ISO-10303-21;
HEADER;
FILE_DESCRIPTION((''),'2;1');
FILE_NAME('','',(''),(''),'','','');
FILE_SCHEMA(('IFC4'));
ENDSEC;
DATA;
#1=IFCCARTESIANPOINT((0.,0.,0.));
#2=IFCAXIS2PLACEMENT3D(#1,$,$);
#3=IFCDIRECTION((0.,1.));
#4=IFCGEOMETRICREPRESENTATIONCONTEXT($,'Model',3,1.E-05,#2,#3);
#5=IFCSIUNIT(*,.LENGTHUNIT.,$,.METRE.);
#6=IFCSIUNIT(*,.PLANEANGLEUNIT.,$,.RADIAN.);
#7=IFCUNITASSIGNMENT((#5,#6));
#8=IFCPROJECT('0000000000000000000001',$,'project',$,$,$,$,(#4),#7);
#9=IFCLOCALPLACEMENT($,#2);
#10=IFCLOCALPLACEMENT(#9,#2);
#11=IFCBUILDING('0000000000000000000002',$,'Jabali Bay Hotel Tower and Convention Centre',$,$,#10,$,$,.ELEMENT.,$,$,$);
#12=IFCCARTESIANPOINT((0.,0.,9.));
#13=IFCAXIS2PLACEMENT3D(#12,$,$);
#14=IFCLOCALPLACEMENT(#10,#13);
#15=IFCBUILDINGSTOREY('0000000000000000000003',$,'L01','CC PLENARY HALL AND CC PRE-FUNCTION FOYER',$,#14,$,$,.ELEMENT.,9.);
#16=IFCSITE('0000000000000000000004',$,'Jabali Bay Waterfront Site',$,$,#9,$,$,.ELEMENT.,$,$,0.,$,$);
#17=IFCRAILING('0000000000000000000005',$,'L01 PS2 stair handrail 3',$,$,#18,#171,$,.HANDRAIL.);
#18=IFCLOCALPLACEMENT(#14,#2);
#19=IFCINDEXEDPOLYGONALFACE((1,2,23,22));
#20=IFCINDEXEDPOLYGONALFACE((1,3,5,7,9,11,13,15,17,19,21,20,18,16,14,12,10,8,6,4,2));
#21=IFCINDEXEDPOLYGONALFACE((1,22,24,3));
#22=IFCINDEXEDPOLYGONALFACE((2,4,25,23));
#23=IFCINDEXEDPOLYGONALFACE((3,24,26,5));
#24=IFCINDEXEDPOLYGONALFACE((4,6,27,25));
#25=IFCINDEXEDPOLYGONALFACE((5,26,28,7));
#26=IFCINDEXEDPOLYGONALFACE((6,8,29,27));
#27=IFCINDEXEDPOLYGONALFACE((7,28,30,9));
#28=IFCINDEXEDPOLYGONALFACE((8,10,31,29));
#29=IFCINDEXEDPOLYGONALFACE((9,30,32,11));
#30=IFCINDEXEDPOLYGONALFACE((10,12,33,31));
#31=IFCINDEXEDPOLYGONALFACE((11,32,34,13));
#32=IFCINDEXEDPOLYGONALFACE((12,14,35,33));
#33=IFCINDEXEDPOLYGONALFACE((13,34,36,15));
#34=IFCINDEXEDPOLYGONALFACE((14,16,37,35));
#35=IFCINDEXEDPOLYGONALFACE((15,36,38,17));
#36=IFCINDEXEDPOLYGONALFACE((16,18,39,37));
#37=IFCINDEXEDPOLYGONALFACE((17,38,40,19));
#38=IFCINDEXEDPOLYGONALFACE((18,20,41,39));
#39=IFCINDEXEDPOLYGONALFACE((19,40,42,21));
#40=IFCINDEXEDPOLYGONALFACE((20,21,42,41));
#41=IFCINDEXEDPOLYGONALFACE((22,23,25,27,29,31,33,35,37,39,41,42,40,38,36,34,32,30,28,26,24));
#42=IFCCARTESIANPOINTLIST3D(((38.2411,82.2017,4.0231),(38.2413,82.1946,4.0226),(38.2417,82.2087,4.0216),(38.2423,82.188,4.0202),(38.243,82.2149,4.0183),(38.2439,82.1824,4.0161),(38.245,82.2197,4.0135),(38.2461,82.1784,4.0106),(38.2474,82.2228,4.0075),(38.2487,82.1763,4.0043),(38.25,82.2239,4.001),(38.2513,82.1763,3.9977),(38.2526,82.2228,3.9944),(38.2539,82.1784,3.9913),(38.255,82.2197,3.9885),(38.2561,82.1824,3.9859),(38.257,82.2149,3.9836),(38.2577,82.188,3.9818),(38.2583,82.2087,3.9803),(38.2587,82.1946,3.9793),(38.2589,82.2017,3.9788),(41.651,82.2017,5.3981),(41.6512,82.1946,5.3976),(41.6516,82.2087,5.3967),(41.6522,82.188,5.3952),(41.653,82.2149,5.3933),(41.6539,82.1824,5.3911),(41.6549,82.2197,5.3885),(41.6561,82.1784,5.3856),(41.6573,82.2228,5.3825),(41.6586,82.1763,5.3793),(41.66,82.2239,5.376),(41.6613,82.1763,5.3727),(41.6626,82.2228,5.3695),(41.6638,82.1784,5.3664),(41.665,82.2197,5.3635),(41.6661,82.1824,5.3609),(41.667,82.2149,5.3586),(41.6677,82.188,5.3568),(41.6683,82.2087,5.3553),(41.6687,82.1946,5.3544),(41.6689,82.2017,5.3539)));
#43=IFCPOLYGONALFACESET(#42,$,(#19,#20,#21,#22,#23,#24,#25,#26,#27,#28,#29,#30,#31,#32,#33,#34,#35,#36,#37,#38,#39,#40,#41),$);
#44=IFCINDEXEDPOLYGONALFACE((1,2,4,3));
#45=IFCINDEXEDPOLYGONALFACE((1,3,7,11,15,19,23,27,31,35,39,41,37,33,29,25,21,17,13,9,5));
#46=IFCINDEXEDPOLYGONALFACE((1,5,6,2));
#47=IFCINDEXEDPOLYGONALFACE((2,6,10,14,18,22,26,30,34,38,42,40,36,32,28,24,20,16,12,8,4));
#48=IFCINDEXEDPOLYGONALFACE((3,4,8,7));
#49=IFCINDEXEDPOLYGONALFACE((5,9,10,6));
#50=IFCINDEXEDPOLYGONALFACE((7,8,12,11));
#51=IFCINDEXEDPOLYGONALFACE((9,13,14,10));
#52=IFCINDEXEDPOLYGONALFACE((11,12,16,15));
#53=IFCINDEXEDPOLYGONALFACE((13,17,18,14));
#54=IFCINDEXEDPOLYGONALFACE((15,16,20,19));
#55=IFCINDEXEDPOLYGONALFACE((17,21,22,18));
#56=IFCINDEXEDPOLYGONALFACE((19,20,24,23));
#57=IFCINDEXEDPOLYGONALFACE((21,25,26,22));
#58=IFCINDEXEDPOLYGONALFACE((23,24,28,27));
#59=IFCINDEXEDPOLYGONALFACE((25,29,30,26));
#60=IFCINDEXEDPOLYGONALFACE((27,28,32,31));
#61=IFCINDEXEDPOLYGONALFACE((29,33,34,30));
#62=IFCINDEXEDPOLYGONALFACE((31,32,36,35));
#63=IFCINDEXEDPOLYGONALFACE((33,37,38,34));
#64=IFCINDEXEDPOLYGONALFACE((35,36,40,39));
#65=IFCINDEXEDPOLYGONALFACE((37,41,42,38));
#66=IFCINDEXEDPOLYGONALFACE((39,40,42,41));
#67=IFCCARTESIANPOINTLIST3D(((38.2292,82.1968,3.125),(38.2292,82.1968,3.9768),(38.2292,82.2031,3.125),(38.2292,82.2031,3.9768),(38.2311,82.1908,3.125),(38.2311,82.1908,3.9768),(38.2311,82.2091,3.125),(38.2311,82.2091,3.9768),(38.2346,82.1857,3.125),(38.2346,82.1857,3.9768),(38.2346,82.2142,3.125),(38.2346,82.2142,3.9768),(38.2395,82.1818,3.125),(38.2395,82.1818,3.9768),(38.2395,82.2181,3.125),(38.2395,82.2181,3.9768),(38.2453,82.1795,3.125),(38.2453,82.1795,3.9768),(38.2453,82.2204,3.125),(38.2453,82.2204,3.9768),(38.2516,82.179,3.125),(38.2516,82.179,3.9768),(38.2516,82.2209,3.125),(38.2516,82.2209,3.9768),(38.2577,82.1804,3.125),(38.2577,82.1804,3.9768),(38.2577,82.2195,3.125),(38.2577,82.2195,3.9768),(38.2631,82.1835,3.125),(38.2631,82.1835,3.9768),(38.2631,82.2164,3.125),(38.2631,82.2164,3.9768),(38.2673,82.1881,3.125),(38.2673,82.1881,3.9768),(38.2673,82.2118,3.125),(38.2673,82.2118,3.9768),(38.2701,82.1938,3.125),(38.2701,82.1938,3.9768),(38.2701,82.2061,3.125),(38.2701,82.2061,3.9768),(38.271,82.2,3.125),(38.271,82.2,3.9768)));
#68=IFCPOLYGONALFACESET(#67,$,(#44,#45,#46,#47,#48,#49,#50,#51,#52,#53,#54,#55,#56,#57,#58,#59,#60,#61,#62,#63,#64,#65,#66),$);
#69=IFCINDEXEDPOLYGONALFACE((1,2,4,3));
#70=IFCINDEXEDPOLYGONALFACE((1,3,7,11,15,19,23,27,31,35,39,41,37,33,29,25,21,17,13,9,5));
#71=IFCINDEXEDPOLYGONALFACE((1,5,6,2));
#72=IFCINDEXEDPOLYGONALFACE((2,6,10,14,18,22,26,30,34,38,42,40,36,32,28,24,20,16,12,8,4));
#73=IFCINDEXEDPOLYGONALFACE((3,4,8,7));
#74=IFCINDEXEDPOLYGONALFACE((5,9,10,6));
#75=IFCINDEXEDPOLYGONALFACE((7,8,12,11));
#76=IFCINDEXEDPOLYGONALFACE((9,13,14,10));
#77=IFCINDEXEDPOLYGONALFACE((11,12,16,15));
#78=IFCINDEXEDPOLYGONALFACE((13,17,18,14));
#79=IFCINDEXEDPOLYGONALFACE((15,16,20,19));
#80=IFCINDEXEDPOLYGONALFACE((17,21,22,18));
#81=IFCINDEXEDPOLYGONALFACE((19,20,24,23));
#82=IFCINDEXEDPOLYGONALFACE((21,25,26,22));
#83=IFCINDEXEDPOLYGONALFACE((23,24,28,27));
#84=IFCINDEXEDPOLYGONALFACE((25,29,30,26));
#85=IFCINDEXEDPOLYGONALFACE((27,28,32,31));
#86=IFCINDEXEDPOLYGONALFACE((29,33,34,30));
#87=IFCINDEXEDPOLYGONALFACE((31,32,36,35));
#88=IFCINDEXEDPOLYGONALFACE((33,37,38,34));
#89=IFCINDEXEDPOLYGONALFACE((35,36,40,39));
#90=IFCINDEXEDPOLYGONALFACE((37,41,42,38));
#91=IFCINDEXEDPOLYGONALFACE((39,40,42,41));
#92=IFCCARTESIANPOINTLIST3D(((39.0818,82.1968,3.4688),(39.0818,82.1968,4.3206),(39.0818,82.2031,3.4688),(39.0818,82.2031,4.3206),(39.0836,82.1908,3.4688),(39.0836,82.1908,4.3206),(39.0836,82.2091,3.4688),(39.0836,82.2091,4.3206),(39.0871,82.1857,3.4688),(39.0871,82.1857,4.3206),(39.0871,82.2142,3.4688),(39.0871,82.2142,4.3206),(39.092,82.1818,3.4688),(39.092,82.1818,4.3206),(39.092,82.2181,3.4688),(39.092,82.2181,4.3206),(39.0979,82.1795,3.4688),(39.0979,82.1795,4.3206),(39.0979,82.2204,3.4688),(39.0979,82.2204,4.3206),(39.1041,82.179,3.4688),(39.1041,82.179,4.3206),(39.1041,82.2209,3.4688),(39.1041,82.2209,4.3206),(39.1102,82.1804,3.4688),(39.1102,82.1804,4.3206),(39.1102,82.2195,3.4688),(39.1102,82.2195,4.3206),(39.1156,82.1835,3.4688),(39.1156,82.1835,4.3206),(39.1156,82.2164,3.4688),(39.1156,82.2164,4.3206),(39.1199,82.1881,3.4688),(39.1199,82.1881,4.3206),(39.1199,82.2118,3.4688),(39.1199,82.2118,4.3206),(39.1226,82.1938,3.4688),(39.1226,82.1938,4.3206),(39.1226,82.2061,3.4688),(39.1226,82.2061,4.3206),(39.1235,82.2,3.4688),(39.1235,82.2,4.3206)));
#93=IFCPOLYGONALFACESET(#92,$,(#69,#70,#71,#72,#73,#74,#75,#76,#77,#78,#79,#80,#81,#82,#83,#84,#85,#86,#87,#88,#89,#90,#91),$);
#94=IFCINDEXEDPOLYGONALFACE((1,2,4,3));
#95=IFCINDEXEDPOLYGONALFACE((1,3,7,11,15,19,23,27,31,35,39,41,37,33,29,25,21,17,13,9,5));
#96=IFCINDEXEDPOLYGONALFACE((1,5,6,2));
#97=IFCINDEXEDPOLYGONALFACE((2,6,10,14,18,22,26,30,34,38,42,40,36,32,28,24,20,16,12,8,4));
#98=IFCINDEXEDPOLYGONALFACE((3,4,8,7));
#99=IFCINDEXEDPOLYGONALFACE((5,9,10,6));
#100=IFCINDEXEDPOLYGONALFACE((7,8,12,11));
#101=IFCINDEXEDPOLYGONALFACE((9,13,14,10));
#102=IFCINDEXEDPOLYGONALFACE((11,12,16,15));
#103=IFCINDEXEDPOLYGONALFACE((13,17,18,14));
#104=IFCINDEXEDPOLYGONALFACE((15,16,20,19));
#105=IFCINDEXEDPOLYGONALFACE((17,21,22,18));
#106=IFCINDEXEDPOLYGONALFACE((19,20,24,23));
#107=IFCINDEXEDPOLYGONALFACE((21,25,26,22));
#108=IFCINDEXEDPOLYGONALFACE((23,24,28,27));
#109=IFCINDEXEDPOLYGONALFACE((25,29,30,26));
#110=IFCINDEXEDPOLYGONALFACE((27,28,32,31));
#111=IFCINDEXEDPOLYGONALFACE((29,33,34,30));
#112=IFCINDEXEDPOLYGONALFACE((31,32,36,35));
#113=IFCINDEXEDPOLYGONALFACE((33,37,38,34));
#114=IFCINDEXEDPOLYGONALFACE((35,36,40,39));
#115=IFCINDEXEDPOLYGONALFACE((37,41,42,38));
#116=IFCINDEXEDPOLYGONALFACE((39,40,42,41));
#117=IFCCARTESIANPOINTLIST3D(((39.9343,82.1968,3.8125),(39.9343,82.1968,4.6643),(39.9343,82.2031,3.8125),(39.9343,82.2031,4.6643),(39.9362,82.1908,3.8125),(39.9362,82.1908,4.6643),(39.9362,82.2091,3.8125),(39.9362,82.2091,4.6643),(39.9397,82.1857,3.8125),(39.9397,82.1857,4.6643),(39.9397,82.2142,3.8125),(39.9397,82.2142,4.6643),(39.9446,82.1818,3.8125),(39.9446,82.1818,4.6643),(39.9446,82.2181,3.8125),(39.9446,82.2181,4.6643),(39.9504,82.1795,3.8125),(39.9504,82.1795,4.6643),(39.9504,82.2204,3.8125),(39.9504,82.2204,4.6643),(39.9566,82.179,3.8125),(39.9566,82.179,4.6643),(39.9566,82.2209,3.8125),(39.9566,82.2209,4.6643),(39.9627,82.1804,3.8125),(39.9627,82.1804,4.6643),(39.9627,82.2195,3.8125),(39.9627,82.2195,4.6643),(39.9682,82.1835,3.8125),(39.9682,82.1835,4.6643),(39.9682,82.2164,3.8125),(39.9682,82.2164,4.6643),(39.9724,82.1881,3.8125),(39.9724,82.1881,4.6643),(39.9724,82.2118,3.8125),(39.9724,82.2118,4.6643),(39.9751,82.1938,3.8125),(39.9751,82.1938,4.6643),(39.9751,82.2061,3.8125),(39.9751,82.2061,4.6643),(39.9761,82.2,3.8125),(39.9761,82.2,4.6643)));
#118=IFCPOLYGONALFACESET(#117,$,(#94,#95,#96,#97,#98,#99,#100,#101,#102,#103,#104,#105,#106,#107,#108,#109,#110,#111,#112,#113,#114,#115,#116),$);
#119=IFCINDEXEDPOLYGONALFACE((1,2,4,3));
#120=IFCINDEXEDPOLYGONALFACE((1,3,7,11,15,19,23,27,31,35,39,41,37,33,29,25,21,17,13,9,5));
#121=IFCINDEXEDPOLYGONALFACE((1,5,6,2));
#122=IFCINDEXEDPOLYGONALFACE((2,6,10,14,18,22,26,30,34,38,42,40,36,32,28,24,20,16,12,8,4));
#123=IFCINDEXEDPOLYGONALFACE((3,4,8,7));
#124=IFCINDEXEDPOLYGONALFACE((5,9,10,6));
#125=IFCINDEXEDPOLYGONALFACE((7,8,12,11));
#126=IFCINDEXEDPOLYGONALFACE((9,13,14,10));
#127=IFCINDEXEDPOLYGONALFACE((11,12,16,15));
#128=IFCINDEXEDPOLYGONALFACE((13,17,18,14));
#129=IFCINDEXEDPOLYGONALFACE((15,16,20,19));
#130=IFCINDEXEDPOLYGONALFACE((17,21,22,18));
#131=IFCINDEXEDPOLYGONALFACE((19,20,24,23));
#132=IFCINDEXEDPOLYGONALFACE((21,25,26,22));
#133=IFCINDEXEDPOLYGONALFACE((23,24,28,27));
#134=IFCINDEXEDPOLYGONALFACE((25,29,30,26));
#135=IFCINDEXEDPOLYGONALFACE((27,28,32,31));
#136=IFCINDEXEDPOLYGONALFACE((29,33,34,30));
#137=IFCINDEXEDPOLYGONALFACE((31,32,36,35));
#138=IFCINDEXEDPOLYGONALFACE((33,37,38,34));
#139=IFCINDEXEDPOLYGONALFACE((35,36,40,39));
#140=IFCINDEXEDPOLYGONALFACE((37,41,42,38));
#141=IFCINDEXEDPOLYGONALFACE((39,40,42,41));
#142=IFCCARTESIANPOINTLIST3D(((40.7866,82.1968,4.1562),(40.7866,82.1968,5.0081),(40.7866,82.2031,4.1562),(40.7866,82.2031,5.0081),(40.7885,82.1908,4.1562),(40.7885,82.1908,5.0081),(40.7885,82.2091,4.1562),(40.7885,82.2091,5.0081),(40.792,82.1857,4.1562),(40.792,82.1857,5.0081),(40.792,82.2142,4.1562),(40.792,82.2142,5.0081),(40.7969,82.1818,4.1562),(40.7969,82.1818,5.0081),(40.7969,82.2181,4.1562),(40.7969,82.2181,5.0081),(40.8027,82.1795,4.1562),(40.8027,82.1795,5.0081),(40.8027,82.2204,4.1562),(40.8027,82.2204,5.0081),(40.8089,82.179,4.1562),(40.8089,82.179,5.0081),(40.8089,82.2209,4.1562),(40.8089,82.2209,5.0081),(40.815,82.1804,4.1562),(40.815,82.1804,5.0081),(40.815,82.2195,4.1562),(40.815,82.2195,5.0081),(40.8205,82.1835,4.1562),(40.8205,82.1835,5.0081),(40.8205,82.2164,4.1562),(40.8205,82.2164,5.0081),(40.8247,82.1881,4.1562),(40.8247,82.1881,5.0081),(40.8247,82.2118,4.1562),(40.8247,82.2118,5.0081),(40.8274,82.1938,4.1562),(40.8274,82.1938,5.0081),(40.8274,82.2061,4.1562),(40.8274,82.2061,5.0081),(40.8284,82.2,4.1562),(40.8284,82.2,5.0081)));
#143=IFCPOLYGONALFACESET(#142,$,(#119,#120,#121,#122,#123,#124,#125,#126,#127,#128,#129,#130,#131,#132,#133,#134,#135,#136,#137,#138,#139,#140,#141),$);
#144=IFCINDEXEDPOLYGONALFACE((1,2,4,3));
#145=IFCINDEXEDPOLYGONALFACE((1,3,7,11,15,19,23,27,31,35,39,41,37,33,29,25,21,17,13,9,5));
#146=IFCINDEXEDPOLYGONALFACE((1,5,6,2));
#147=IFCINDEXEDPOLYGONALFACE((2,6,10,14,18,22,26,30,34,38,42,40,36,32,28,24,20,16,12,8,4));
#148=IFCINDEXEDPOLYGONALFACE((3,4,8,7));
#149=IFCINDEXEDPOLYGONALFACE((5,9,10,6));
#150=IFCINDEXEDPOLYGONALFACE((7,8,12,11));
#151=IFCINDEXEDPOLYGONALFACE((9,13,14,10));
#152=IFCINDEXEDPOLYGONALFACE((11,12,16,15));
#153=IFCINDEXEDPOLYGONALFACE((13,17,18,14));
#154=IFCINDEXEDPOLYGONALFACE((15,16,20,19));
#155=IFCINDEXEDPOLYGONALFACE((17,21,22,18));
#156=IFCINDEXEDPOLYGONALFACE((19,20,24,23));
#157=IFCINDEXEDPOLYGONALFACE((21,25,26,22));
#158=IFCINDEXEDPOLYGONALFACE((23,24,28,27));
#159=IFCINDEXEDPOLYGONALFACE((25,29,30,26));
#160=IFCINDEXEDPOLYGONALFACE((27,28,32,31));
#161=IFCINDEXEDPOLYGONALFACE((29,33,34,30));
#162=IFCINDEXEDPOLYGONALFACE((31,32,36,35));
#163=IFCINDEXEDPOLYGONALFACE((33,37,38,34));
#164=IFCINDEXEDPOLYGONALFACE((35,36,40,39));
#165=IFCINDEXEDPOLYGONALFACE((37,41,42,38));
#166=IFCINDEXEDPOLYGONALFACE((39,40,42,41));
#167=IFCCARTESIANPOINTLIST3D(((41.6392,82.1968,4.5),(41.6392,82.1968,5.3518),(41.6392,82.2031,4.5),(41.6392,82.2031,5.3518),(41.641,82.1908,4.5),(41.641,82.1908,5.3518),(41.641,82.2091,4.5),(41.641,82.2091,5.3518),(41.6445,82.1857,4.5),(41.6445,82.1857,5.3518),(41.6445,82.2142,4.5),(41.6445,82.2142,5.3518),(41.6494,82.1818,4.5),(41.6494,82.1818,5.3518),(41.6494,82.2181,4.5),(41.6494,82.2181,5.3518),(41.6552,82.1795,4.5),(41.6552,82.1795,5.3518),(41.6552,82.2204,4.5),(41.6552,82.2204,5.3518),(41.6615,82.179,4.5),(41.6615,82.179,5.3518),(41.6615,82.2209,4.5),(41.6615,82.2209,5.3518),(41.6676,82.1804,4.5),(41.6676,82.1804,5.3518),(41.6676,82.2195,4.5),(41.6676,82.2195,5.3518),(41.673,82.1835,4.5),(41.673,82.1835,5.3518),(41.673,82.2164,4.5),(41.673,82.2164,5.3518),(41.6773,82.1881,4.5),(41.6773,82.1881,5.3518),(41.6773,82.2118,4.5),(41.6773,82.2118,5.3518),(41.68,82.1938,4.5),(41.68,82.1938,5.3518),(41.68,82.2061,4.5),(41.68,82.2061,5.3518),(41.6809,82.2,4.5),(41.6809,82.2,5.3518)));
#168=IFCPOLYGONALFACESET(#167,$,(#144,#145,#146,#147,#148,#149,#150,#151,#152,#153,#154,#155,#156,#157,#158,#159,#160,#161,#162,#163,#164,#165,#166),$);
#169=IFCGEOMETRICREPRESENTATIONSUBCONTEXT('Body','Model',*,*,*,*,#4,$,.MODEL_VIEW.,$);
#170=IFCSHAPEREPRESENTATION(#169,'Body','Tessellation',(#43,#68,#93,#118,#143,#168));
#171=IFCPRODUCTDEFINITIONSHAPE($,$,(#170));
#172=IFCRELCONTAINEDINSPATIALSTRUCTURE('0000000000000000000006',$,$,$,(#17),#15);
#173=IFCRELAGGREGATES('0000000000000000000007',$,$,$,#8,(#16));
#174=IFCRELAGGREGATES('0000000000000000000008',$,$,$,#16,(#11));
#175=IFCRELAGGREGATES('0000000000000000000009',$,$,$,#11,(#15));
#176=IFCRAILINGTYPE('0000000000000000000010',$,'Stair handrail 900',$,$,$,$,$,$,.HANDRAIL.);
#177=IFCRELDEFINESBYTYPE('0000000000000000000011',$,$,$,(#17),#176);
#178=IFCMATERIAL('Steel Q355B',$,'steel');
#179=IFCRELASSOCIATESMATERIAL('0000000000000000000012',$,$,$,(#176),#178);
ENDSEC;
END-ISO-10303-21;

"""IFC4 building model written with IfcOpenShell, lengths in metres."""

from ifc_helpers import new_model, si_unit, direction, frame, origin, origin_2d, place, context, subcontext, project, spatial, circle, extrude, material, type_object, element, save


model = new_model("IFC4")

# Units and contexts
model_context = context("Model", 3, precision=1e-05, world=origin(), true_north=direction((0.0, 1.0)))
body_context = subcontext(model_context, "Body", "Model", "MODEL_VIEW")
ifc_project = project(units=[si_unit("LENGTHUNIT", "METRE"), si_unit("PLANEANGLEUNIT", "RADIAN")], contexts=[model_context])

# Site, building, storey
site_placement = place(None, origin())
site = spatial("IfcSite", under=ifc_project, at=site_placement, Name="Jabali Bay Waterfront Site", CompositionType="ELEMENT", RefElevation=0.0)
building_placement = place(site_placement, origin())
building = spatial("IfcBuilding", under=site, at=building_placement, Name="Jabali Bay Hotel Tower and Convention Centre", CompositionType="ELEMENT")
storey_placement = place(building_placement, frame((0.0, 0.0, 9.0)))
storey = spatial("IfcBuildingStorey", under=building, at=storey_placement, Name="L01", Description="CC PLENARY HALL AND CC PRE-FUNCTION FOYER", CompositionType="ELEMENT", Elevation=9.0)

# Railing
ifc_material_1 = material(Name="Steel Q355B", Category="steel")
railing_type_1 = type_object("IfcRailingType", Name="Stair handrail 900", PredefinedType="HANDRAIL", material=ifc_material_1)
for number, where, name in (
    (1, (38.25, 82.2, 3.125), "L01 PS2 stair handrail 3"),
):
    element("IfcRailing", number, at=place(storey_placement, frame(where)), inside=storey, type_object=railing_type_1, Name=name, PredefinedType="HANDRAIL", context=body_context, shape_type="SweptSolid", body=[
        extrude(circle(Radius=0.0239, at=origin_2d()), frame((0.0, 0.0, 0.876), z_axis=(0.927438, 0.0, 0.373977), x_axis=(0.0, 1.0, 0.0)), (0.0, 0.0, 1.0), 3.6768),
        extrude(circle(Radius=0.021, at=origin_2d()), origin(), (0.0, 0.0, 1.0), 0.8518),
        extrude(circle(Radius=0.021, at=origin_2d()), frame((0.8525, 0.0, 0.3438)), (0.0, 0.0, 1.0), 0.8518),
        extrude(circle(Radius=0.021, at=origin_2d()), frame((1.7051, 0.0, 0.6875)), (0.0, 0.0, 1.0), 0.8518),
        extrude(circle(Radius=0.021, at=origin_2d()), frame((2.5574, 0.0, 1.0312)), (0.0, 0.0, 1.0), 0.8518),
        extrude(circle(Radius=0.021, at=origin_2d()), frame((3.4099, 0.0, 1.375)), (0.0, 0.0, 1.0), 0.8518),
    ])

save(model, "model.ifc")
